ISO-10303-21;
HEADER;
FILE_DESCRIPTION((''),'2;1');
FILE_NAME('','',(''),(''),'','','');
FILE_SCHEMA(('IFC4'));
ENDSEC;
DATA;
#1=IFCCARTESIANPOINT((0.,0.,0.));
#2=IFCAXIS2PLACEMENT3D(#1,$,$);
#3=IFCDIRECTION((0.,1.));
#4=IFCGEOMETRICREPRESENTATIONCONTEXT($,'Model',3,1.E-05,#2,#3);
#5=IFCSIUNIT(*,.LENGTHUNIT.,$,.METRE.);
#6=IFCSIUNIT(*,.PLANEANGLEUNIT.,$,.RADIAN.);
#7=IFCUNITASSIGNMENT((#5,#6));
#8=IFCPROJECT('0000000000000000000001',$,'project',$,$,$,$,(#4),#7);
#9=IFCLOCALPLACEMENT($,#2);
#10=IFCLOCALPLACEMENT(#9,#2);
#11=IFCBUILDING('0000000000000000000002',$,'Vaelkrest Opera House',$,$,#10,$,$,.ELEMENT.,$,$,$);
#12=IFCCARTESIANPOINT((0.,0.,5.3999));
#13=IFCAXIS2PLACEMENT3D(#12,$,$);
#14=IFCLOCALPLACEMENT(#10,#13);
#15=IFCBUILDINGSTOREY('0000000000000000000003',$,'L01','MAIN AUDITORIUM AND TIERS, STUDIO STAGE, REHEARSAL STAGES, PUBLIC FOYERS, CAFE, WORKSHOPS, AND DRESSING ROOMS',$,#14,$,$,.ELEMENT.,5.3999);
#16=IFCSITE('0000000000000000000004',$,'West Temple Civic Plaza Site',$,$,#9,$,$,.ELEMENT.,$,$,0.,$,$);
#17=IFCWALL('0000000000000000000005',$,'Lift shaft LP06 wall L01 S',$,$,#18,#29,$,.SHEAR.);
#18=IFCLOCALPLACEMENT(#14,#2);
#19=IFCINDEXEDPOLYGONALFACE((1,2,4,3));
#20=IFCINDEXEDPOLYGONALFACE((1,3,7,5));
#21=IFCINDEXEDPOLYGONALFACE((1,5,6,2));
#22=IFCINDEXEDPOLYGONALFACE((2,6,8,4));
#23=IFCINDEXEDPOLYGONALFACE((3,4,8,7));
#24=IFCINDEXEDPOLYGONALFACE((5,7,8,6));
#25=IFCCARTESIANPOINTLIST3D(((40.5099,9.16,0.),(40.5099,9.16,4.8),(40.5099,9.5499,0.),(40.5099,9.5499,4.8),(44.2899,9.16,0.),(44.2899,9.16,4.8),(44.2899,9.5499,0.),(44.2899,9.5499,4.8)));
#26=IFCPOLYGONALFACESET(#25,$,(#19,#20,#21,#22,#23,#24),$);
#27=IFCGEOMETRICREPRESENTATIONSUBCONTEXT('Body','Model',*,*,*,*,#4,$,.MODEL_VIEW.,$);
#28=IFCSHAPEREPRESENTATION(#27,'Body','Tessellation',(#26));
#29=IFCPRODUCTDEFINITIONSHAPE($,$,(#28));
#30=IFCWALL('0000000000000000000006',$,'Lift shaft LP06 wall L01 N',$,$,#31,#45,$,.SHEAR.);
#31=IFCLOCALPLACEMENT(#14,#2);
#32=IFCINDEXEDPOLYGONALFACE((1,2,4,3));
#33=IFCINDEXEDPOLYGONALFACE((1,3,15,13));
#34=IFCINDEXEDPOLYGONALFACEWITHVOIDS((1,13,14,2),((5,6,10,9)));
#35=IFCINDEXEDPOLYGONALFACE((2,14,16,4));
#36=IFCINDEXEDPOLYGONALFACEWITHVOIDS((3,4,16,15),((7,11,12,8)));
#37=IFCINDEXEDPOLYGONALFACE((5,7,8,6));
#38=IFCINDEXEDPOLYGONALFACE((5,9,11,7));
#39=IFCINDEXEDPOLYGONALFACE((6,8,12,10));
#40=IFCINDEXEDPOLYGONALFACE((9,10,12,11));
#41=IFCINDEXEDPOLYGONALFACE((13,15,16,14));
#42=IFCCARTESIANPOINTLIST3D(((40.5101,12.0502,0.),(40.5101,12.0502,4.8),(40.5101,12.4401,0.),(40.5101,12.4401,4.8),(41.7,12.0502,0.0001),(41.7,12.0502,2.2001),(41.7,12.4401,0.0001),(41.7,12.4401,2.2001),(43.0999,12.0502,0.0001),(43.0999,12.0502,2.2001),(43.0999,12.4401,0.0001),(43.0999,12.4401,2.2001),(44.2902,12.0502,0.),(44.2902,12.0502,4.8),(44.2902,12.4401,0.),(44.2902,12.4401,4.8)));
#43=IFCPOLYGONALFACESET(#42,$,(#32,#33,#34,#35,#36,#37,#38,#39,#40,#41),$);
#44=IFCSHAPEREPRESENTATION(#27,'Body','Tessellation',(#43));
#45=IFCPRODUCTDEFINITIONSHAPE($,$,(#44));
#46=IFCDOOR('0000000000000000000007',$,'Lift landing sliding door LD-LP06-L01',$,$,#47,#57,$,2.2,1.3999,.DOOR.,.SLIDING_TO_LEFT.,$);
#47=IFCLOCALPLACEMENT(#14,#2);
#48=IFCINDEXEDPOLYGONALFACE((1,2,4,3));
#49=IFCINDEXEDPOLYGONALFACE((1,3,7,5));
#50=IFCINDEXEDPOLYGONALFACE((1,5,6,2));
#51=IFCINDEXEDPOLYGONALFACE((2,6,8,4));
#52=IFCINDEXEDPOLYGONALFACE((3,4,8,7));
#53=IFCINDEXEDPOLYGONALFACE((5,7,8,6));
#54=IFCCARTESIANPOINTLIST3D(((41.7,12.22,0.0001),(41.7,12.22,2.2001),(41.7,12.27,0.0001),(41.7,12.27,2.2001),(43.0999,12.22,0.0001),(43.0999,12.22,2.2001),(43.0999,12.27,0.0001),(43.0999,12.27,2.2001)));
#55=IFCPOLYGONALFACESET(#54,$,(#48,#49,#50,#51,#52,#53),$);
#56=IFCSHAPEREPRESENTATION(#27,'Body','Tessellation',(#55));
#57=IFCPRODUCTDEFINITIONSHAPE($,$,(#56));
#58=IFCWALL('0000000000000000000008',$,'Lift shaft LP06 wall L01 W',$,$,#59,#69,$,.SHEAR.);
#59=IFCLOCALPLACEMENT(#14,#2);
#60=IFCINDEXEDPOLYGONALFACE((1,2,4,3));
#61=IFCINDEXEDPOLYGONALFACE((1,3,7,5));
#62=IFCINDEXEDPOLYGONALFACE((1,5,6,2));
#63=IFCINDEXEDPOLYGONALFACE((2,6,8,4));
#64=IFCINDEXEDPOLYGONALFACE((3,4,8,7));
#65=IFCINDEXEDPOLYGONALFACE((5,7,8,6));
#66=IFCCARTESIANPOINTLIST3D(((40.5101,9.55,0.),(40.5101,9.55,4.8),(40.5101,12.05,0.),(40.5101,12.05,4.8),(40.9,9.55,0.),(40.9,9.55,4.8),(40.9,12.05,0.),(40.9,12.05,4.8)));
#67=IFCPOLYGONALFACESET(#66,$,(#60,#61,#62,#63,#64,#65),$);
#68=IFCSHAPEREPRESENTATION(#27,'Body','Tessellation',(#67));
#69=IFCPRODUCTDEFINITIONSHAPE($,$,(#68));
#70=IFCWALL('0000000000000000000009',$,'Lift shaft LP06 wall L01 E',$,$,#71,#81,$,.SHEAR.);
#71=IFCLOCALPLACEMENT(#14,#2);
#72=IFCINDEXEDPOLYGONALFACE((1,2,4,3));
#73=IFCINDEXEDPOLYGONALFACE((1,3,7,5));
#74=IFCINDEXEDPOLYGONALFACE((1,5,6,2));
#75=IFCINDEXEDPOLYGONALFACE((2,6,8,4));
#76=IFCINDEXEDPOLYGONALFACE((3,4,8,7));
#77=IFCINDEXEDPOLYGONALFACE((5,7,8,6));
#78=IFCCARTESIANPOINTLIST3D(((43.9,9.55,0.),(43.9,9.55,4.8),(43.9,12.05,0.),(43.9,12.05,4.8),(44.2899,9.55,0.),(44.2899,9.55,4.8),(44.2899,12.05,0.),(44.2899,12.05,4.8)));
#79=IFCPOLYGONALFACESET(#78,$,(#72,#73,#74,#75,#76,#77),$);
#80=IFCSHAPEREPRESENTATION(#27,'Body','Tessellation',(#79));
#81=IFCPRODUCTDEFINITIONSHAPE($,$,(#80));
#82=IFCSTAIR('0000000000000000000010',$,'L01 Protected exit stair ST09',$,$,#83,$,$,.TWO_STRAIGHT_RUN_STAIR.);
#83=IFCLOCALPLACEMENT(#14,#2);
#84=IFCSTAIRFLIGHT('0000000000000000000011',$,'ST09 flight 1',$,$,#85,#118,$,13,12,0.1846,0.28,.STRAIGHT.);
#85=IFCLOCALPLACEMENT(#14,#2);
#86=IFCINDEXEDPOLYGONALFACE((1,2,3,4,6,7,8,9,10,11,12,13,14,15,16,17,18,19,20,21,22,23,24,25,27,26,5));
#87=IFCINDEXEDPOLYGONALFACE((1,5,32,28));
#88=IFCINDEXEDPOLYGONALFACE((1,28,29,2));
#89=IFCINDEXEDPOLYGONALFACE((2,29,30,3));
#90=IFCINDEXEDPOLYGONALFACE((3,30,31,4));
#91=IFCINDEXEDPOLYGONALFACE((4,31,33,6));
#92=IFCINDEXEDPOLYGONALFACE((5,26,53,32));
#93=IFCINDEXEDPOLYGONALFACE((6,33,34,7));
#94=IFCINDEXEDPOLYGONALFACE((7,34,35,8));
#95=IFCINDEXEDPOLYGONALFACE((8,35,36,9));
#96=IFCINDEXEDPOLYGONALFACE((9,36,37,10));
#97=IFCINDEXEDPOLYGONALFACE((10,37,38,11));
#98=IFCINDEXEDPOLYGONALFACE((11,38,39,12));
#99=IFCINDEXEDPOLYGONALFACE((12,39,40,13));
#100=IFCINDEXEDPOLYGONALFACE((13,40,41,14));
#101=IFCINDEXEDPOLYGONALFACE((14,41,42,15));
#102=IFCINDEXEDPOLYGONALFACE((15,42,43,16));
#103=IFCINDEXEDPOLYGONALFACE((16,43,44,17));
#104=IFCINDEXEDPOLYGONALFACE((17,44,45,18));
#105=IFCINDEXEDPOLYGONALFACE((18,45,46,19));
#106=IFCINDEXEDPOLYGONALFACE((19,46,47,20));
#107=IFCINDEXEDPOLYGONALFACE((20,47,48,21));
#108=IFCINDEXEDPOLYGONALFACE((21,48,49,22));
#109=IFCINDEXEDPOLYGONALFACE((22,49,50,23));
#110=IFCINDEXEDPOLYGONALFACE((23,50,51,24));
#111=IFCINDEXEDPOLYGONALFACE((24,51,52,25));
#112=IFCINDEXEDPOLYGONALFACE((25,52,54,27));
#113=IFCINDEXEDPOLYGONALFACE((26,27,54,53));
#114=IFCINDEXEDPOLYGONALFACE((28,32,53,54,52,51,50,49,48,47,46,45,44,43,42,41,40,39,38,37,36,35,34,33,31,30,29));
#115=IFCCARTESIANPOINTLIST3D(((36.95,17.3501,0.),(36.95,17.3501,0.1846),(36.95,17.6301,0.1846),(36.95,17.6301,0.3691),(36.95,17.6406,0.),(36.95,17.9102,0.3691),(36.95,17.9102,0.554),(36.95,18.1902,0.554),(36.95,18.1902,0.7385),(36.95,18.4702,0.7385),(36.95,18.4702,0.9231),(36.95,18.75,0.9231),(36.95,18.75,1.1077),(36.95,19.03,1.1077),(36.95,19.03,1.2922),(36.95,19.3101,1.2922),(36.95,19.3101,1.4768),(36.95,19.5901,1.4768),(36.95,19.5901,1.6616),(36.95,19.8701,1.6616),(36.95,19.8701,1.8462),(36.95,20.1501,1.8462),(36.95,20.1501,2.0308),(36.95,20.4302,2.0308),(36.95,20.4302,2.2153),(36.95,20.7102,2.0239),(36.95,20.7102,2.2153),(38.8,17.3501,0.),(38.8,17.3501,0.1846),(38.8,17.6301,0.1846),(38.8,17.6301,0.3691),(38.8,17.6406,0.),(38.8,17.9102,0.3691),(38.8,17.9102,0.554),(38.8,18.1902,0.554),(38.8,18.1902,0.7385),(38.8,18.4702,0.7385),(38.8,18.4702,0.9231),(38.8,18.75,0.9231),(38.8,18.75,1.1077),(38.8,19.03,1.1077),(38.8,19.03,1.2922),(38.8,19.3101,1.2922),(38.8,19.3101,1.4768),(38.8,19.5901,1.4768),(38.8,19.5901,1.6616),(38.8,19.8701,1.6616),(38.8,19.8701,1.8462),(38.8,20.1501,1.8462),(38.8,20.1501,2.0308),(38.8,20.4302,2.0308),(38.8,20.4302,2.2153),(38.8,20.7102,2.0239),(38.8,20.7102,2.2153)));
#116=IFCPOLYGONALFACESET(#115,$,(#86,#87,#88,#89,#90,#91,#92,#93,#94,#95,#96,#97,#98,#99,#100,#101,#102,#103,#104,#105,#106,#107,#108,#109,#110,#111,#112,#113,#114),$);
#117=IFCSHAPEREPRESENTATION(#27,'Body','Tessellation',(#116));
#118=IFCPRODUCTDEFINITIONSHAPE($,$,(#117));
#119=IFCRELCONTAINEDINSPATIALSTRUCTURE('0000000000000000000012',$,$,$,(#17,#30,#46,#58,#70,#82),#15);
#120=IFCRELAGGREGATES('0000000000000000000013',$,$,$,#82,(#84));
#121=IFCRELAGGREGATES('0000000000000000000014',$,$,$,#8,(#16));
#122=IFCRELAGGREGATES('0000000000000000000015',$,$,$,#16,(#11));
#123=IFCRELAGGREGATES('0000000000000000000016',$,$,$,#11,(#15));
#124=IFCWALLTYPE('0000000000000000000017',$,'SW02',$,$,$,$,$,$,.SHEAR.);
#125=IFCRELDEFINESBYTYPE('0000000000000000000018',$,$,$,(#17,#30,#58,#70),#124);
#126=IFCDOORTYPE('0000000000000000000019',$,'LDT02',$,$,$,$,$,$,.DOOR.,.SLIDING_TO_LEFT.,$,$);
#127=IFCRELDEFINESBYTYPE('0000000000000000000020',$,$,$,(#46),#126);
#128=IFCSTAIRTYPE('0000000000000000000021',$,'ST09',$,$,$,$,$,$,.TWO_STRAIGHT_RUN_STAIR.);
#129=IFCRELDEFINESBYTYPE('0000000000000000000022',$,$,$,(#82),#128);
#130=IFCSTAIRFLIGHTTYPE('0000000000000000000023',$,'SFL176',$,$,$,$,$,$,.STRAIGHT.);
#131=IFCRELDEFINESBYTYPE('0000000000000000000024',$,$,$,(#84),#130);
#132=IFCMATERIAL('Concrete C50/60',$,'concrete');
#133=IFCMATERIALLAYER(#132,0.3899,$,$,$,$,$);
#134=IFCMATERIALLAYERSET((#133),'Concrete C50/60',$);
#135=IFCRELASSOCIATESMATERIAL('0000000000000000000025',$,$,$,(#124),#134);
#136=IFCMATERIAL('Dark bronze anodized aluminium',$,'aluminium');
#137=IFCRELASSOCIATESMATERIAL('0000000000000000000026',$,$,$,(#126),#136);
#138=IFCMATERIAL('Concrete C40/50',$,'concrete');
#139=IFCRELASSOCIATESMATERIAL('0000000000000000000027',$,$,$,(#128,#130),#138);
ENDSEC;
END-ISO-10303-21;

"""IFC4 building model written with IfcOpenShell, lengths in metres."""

from ifc_helpers import new_model, si_unit, direction, frame, frame_2d, origin, place, context, subcontext, project, spatial, polyline, rectangle, outline, extrude, material, layer, layer_set, type_object, element, fill, aggregate, save


model = new_model("IFC4")

# Units and contexts
model_context = context("Model", 3, precision=1e-05, world=origin(), true_north=direction((0.0, 1.0)))
body_context = subcontext(model_context, "Body", "Model", "MODEL_VIEW")
ifc_project = project(units=[si_unit("LENGTHUNIT", "METRE"), si_unit("PLANEANGLEUNIT", "RADIAN")], contexts=[model_context])

# Site, building, storey
site_placement = place(None, origin())
site = spatial("IfcSite", under=ifc_project, at=site_placement, Name="West Temple Civic Plaza Site", CompositionType="ELEMENT", RefElevation=0.0)
building_placement = place(site_placement, origin())
building = spatial("IfcBuilding", under=site, at=building_placement, Name="Vaelkrest Opera House", CompositionType="ELEMENT")
storey_placement = place(building_placement, frame((0.0, 0.0, 5.3999)))
storey = spatial("IfcBuildingStorey", under=building, at=storey_placement, Name="L01", Description="MAIN AUDITORIUM AND TIERS, STUDIO STAGE, REHEARSAL STAGES, PUBLIC FOYERS, CAFE, WORKSHOPS, AND DRESSING ROOMS", CompositionType="ELEMENT", Elevation=5.3999)

# Shared definitions
ifc_material_1 = material(Name="Concrete C50/60", Category="concrete")

# Shared definitions
ifc_material_2 = material(Name="Concrete C40/50", Category="concrete")

# Wall
ifc_layer_1 = layer(ifc_material_1, 0.3899)
ifc_layer_set_1 = layer_set([ifc_layer_1], Name="Concrete C50/60")
wall_type_1 = type_object("IfcWallType", Name="SW02", PredefinedType="SHEAR", material=ifc_layer_set_1)
wall_1_placement = place(storey_placement, frame((44.29, 9.355, 0.0), z_axis=(0.0, 0.0, 1.0), x_axis=(-1.0, 0.0, 0.0)))
element("IfcWall", 1, at=wall_1_placement, inside=storey, type_object=wall_type_1, Name="Lift shaft LP06 wall L01 S", PredefinedType="SHEAR", context=body_context, shape_type="SweptSolid", body=[
    extrude(rectangle(XDim=3.78, YDim=0.3899, at=frame_2d((1.8901, 0.0))), origin(), (0.0, 0.0, 1.0), 4.8),
])

# Wall, opening, door
wall_2_placement = place(storey_placement, frame((40.51, 12.2451, 0.0), z_axis=(0.0, 0.0, 1.0), x_axis=(1.0, 0.0, 0.0)))
wall_2 = element("IfcWall", 2, at=wall_2_placement, inside=storey, type_object=wall_type_1, Name="Lift shaft LP06 wall L01 N", PredefinedType="SHEAR", context=body_context, shape_type="SweptSolid", body=[
    extrude(rectangle(XDim=3.78, YDim=0.3899, at=frame_2d((1.8901, 0.0))), origin(), (0.0, 0.0, 1.0), 4.8),
])
opening_1_placement = place(wall_2_placement, frame((1.1899, 0.0, 0.0)))
opening_1 = element("IfcOpeningElement", 3, at=opening_1_placement, cuts=wall_2, PredefinedType="OPENING", context=body_context, shape_type="SweptSolid", body=[
    extrude(rectangle(XDim=1.3999, YDim=2.2, at=frame_2d((0.7, 1.1001))), frame((0.0, 0.2048, 0.0), z_axis=(0.0, -1.0, 0.0), x_axis=(1.0, 0.0, 0.0)), (0.0, 0.0, 1.0), 0.4099),
])
ifc_material_3 = material(Name="Dark bronze anodized aluminium", Category="aluminium")
door_type_1 = type_object("IfcDoorType", Name="LDT02", OperationType="SLIDING_TO_LEFT", PredefinedType="DOOR", material=ifc_material_3)
door_1_placement = place(opening_1_placement, origin())
door_1 = element("IfcDoor", 4, at=door_1_placement, inside=storey, type_object=door_type_1, Name="Lift landing sliding door LD-LP06-L01", OperationType="SLIDING_TO_LEFT", OverallHeight=2.2, OverallWidth=1.3999, PredefinedType="DOOR", context=body_context, shape_type="SweptSolid", body=[
    extrude(rectangle(XDim=1.3999, YDim=2.2, at=frame_2d((0.7, 1.1001))), frame((0.0, 0.0249, 0.0), z_axis=(0.0, -1.0, 0.0), x_axis=(1.0, 0.0, 0.0)), (0.0, 0.0, 1.0), 0.05),
])
fill(opening_1, door_1)

# Walls
for number, where, z_axis, x_axis, name in (
    (5, (40.7051, 9.55, 0.0), (0.0, 0.0, 1.0), (0.0, 1.0, 0.0), "Lift shaft LP06 wall L01 W"),
    (6, (44.095, 12.05, 0.0), (0.0, 0.0, 1.0), (0.0, -1.0, 0.0), "Lift shaft LP06 wall L01 E"),
):
    element("IfcWall", number, at=place(storey_placement, frame(where, z_axis=z_axis, x_axis=x_axis)), inside=storey, type_object=wall_type_1, Name=name, PredefinedType="SHEAR", context=body_context, shape_type="SweptSolid", body=[
        extrude(rectangle(XDim=2.5, YDim=0.3899, at=frame_2d((1.25, 0.0))), origin(), (0.0, 0.0, 1.0), 4.8),
    ])

# Stair, stair flight
stair_type = type_object("IfcStairType", Name="ST09", PredefinedType="TWO_STRAIGHT_RUN_STAIR", material=ifc_material_2)
stair_placement = place(storey_placement, origin())
stair = element("IfcStair", 7, at=stair_placement, inside=storey, type_object=stair_type, Name="L01 Protected exit stair ST09", PredefinedType="TWO_STRAIGHT_RUN_STAIR")
stair_flight_type = type_object("IfcStairFlightType", Name="SFL176", PredefinedType="STRAIGHT", material=ifc_material_2)
stair_flight_placement = place(storey_placement, frame((37.875, 17.3501, 0.0), z_axis=(0.0, 0.0, 1.0), x_axis=(0.0, 1.0, 0.0)))
stair_flight = element("IfcStairFlight", 8, at=stair_flight_placement, type_object=stair_flight_type, Name="ST09 flight 1", NumberOfRisers=13, NumberOfTreads=12, PredefinedType="STRAIGHT", RiserHeight=0.1846, TreadLength=0.28, context=body_context, shape_type="SweptSolid", body=[
    extrude(outline(polyline([(0.0, 0.0), (0.0, 0.1846), (0.28, 0.1846), (0.28, 0.3691), (0.5601, 0.3691), (0.5601, 0.554), (0.8401, 0.554), (0.8401, 0.7385), (1.1201, 0.7385), (1.1201, 0.9231), (1.3999, 0.9231), (1.3999, 1.1077), (1.6799, 1.1077), (1.6799, 1.2922), (1.96, 1.2922), (1.96, 1.4768), (2.24, 1.4768), (2.24, 1.6616), (2.52, 1.6616), (2.52, 1.8462), (2.8, 1.8462), (2.8, 2.0308), (3.0801, 2.0308), (3.0801, 2.2153), (3.3601, 2.2153), (3.3601, 2.3999), (3.3601, 2.0239), (0.2905, 0.0), (0.0, 0.0)])), frame((0.0, 0.925, 0.0), z_axis=(0.0, -1.0, 0.0), x_axis=(1.0, 0.0, 0.0)), (0.0, 0.0, 1.0), 1.8501),
])
aggregate(stair, [stair_flight])

save(model, "model.ifc")
